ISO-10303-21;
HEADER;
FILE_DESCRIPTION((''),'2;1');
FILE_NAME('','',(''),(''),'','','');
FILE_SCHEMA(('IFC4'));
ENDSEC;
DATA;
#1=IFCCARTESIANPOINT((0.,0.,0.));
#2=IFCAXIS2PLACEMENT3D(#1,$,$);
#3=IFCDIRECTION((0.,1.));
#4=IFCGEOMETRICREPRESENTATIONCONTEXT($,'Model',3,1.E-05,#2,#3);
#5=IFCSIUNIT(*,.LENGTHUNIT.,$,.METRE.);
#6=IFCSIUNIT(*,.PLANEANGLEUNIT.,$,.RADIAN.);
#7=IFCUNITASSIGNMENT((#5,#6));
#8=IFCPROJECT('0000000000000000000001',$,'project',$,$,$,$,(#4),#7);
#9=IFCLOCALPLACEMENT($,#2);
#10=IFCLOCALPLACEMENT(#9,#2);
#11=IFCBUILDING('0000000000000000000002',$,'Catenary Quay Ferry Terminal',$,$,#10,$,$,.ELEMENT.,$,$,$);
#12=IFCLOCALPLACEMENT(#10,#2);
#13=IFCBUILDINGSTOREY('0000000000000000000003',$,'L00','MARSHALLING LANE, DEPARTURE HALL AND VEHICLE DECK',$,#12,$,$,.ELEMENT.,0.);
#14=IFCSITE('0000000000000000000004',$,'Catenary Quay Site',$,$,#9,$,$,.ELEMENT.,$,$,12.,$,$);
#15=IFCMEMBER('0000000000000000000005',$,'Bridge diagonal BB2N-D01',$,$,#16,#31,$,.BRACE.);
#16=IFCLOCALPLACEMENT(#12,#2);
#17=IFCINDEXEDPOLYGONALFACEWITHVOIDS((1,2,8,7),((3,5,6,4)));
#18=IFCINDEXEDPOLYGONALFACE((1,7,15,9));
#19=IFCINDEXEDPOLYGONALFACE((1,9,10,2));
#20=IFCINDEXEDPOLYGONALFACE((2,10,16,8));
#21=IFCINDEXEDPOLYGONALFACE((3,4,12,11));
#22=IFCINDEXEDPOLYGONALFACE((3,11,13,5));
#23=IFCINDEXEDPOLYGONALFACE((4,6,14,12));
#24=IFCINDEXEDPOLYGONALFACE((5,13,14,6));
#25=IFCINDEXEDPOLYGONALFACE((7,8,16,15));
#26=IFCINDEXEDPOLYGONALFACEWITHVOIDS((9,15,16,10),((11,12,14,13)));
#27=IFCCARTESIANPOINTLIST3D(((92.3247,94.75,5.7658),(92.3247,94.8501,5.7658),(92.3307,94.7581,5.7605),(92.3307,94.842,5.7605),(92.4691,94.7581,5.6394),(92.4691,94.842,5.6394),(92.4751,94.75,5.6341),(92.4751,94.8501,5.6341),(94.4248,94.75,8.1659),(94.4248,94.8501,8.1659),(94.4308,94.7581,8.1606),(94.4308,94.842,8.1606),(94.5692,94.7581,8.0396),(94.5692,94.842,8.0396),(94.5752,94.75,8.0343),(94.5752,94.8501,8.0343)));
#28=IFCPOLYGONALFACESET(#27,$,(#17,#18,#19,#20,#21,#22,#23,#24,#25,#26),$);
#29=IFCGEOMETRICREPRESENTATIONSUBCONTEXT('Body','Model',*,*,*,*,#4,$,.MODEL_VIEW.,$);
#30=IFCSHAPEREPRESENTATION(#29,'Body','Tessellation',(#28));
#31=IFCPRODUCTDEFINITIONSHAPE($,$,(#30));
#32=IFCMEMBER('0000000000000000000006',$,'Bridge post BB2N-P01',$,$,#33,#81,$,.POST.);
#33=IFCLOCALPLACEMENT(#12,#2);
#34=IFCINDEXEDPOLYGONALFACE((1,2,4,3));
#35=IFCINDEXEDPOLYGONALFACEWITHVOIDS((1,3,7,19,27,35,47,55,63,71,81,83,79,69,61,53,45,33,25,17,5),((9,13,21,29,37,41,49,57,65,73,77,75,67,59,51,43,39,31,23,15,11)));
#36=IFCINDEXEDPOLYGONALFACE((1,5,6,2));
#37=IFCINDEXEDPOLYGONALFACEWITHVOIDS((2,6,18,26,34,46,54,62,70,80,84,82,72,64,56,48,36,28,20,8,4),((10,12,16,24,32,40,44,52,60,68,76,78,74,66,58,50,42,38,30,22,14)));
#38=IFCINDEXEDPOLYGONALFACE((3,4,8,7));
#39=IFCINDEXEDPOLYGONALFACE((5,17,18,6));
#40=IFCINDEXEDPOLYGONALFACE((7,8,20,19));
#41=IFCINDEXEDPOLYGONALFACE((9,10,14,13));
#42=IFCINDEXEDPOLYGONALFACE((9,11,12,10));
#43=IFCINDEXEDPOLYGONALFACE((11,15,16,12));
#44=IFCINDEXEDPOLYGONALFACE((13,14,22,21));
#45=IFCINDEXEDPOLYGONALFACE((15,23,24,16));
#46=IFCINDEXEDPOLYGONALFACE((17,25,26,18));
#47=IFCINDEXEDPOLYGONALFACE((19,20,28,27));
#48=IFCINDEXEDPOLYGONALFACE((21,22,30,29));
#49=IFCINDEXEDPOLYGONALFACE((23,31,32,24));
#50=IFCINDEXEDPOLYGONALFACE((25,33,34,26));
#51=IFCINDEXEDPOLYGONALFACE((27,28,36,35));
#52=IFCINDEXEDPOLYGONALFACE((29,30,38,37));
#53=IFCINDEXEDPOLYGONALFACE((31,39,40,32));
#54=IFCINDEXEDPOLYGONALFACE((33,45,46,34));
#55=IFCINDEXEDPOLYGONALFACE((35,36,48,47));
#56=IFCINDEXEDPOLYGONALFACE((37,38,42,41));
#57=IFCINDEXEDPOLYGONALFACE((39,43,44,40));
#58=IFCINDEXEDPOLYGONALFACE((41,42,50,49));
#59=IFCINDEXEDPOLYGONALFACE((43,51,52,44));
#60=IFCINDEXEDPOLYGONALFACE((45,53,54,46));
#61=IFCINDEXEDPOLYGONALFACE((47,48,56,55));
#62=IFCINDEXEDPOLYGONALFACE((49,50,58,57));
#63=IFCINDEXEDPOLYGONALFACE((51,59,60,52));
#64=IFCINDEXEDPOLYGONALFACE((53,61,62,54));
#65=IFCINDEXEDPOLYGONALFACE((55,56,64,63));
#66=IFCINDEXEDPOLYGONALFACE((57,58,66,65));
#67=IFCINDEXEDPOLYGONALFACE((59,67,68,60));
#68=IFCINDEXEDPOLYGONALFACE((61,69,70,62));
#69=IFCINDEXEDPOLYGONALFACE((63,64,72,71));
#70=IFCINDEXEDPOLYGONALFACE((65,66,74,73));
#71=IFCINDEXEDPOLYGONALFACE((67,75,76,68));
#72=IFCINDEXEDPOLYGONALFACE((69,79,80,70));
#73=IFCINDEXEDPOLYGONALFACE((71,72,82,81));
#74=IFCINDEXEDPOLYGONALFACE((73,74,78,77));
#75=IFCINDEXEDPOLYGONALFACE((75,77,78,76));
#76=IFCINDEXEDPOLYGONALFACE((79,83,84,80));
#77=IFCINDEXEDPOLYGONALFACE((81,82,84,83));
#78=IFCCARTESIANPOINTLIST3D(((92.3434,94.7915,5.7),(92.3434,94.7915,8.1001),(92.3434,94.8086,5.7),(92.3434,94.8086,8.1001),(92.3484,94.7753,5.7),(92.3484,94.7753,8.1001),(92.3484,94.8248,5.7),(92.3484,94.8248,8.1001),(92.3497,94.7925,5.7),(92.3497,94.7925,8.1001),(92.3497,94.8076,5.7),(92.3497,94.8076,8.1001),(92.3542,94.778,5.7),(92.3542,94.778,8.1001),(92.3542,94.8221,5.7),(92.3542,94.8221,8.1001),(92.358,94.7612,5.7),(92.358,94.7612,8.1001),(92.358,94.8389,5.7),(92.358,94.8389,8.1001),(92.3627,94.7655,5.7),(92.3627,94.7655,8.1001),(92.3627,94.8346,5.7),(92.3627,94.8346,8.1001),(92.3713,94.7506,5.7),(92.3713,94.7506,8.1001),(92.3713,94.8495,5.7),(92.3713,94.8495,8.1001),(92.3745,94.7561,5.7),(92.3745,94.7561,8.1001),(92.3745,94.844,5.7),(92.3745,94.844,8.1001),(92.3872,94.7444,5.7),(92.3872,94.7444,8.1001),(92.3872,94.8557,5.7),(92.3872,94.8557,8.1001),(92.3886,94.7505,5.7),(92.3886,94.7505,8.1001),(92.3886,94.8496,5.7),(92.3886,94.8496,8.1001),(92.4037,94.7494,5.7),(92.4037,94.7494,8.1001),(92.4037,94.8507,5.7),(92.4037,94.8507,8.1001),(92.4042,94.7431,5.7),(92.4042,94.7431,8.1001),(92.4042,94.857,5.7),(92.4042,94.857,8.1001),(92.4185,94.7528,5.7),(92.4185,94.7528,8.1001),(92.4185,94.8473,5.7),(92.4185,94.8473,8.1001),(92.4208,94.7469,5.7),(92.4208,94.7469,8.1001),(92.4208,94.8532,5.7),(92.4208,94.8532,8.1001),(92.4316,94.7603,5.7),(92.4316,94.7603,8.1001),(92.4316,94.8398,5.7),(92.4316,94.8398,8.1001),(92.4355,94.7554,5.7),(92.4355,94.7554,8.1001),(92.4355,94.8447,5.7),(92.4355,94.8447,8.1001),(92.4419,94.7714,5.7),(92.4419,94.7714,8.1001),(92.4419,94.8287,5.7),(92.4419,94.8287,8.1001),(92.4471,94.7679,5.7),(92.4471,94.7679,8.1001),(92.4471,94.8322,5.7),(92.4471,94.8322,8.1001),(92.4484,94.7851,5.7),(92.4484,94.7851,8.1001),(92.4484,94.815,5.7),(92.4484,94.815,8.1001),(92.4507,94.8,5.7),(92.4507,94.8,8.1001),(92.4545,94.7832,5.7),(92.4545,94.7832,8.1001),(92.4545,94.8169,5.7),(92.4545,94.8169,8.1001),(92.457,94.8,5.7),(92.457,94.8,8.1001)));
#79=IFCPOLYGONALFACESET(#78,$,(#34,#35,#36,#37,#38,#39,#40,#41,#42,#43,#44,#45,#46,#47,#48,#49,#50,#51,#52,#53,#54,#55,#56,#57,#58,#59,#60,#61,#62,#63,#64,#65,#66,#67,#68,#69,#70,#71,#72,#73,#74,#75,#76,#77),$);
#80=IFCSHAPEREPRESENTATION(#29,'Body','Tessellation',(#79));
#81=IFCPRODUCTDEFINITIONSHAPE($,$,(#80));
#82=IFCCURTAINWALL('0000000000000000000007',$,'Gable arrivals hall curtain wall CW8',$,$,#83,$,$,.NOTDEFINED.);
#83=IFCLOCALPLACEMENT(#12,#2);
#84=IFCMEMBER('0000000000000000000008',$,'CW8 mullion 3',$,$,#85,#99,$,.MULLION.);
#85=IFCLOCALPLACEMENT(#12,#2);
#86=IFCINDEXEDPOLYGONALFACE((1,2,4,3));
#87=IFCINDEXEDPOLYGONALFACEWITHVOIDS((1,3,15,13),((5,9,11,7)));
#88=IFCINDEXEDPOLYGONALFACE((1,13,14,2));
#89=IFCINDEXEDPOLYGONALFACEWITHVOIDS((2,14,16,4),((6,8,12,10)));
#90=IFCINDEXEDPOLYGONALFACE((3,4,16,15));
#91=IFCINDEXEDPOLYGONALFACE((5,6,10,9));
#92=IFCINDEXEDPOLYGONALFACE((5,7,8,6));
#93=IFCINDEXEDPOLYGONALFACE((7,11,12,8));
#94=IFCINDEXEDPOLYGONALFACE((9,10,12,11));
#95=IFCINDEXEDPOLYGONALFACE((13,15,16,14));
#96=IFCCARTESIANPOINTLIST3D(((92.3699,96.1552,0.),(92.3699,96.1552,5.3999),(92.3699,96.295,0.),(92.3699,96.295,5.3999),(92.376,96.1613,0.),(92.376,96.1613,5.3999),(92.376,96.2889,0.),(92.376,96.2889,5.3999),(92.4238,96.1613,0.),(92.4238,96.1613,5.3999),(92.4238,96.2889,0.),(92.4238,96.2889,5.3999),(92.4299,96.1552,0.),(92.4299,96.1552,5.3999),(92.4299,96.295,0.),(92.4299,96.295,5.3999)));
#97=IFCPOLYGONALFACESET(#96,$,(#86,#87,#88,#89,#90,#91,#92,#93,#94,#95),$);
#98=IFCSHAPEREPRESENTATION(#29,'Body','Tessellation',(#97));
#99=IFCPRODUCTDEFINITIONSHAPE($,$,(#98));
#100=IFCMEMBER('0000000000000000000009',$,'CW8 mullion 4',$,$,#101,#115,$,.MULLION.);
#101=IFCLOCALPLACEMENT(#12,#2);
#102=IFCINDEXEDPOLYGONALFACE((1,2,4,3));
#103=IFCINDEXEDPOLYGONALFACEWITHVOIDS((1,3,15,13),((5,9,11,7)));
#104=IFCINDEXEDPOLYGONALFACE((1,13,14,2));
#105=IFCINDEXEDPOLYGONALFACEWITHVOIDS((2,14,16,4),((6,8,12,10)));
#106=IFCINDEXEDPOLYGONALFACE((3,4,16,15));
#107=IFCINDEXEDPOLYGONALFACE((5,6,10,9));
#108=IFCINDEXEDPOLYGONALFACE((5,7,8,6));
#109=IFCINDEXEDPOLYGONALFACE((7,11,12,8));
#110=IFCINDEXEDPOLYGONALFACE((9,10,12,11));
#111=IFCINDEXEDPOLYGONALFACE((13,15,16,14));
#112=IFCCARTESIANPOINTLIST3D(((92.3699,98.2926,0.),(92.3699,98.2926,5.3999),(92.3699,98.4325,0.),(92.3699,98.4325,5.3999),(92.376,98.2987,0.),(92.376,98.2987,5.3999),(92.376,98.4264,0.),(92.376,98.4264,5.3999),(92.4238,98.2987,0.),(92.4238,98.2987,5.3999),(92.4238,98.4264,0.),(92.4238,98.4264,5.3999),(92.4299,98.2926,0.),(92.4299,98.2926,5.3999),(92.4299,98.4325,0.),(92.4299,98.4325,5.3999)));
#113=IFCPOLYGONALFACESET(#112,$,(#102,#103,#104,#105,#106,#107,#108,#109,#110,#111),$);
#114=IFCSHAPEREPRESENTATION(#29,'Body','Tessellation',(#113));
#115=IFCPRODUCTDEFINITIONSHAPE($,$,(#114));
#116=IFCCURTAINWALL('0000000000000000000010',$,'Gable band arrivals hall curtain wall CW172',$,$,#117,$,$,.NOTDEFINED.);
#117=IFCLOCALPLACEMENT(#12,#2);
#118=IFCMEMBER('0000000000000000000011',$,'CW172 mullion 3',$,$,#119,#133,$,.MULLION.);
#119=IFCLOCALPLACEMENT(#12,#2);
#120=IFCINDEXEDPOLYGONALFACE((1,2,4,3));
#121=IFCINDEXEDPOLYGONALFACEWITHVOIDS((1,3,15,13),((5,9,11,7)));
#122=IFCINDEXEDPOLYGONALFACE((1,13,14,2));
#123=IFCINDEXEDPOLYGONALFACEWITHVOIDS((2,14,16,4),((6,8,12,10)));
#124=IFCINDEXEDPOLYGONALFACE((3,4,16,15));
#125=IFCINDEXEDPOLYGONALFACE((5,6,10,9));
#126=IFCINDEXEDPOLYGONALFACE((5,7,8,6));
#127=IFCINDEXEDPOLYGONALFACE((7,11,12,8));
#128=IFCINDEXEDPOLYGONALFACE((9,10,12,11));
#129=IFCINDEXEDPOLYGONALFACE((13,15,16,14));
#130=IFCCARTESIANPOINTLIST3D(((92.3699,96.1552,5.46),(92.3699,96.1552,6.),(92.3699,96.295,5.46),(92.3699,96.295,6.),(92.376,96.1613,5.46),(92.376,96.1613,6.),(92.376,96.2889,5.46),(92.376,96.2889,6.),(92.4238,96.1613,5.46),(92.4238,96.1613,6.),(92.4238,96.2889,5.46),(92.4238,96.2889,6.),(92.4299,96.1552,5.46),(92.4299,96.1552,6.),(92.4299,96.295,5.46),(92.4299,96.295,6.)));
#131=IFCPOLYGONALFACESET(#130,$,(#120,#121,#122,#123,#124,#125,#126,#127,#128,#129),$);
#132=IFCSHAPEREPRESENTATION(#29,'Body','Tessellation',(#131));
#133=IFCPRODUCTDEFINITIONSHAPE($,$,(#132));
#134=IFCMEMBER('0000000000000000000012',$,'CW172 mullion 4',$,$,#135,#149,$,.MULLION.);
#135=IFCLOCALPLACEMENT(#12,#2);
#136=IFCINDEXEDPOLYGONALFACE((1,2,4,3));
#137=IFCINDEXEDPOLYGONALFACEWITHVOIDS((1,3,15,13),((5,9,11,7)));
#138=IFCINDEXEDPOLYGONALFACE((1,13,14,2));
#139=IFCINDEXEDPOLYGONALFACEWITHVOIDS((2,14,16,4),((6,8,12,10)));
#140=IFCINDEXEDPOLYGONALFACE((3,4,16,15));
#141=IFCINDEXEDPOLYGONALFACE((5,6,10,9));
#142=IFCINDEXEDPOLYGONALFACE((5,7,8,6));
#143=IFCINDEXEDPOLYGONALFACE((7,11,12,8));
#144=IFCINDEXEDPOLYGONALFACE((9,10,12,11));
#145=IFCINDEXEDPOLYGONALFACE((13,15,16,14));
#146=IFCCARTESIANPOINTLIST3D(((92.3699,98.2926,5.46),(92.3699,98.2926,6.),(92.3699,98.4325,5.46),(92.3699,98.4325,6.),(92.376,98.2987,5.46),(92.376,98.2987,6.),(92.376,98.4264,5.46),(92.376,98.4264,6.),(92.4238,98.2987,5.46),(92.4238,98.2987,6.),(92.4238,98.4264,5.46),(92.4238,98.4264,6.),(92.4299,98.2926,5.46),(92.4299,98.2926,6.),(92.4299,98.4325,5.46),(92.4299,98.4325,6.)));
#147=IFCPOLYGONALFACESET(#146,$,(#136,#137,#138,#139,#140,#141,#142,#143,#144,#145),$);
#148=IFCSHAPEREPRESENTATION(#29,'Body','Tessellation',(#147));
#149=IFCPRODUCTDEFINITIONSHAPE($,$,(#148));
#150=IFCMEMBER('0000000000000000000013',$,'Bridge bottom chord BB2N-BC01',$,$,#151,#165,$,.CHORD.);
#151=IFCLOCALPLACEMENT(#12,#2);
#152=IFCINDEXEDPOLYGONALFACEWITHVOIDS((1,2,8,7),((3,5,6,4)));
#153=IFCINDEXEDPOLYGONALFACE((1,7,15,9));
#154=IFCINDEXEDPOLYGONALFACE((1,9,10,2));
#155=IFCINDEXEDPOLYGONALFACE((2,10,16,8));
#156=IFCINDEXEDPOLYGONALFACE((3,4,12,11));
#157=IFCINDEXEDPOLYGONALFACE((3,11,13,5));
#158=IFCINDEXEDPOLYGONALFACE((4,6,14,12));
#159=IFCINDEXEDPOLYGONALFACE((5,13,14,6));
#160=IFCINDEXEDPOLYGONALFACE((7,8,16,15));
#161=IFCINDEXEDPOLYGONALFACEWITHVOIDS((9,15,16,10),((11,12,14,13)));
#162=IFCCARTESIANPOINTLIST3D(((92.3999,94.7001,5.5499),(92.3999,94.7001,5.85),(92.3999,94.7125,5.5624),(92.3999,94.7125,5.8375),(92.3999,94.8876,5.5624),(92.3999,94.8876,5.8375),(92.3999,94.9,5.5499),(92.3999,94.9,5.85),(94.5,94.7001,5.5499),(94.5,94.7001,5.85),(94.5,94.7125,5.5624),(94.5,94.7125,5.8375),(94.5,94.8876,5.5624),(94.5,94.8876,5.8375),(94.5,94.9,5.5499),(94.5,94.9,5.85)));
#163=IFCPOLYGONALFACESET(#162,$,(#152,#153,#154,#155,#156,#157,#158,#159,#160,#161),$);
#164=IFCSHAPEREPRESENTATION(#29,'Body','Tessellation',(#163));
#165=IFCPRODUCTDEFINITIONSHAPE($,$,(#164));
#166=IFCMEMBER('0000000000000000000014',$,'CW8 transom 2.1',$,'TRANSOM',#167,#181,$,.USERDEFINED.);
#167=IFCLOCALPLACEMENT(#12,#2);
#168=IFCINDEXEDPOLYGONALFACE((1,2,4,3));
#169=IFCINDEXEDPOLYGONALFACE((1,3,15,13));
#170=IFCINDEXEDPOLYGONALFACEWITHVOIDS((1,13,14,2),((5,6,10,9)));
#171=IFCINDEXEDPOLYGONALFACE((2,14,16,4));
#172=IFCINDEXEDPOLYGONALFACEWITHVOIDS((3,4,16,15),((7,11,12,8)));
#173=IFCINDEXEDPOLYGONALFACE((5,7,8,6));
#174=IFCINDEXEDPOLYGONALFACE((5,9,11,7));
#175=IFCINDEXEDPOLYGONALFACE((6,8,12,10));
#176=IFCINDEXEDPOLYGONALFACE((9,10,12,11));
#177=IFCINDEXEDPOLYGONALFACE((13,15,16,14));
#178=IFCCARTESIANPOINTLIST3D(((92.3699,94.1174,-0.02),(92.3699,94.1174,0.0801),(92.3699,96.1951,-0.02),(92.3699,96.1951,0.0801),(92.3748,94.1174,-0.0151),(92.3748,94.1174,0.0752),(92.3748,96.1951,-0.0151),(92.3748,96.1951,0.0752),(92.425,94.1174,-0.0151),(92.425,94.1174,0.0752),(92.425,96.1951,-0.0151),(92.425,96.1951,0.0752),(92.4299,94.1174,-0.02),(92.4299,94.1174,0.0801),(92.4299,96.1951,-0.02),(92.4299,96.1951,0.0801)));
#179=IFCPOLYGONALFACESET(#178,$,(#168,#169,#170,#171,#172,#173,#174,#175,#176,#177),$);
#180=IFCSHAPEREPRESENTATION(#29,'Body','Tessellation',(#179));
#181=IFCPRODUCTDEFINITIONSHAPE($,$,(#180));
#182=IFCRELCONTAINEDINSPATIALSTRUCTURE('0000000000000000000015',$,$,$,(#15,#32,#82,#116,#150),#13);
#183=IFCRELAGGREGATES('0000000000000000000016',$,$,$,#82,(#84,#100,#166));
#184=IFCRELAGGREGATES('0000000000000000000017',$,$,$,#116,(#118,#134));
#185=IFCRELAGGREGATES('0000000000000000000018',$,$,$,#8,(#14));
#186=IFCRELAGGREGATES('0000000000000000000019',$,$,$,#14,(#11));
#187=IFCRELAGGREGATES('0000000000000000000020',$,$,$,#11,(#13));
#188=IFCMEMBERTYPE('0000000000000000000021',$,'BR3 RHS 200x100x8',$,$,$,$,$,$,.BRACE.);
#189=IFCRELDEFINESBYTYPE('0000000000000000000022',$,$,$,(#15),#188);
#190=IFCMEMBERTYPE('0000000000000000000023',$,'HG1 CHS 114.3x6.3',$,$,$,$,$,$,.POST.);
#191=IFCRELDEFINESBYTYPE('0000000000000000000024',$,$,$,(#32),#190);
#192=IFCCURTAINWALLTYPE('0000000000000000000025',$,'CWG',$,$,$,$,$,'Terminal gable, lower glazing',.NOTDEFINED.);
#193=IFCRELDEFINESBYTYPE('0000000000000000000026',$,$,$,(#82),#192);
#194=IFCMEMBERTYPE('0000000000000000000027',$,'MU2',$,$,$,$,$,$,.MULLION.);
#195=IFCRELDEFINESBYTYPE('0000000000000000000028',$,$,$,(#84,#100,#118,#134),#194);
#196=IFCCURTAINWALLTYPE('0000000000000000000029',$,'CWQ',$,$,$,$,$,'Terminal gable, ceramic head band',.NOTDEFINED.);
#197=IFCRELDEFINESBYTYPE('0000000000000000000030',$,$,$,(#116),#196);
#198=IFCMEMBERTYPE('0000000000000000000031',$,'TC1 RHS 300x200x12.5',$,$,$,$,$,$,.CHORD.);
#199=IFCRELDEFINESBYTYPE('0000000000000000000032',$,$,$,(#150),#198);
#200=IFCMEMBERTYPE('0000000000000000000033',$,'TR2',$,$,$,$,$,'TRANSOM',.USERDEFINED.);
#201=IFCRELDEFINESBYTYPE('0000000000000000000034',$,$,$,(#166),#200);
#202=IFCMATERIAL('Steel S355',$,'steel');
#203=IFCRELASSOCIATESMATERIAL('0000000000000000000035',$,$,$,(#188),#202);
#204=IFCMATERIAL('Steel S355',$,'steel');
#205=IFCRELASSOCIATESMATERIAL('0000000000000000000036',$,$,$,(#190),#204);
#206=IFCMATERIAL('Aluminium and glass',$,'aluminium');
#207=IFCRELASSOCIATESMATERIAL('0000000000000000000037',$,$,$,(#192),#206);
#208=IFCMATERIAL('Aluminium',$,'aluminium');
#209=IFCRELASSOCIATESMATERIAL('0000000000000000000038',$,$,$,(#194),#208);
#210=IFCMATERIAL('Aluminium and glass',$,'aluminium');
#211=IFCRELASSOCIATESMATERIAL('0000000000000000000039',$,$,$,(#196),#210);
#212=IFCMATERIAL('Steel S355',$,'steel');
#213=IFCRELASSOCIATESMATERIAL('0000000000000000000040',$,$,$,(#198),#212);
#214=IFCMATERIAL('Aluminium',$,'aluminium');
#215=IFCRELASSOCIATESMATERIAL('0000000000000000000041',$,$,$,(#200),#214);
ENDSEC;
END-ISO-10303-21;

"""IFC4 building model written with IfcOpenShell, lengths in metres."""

from ifc_helpers import new_model, si_unit, direction, frame, origin, origin_2d, place, context, subcontext, project, spatial, hollow_rectangle, hollow_circle, extrude, material, material_profile, profile_set, type_object, element, aggregate, save


model = new_model("IFC4")

# Units and contexts
model_context = context("Model", 3, precision=1e-05, world=origin(), true_north=direction((0.0, 1.0)))
body_context = subcontext(model_context, "Body", "Model", "MODEL_VIEW")
ifc_project = project(units=[si_unit("LENGTHUNIT", "METRE"), si_unit("PLANEANGLEUNIT", "RADIAN")], contexts=[model_context])

# Site, building, storey
site_placement = place(None, origin())
site = spatial("IfcSite", under=ifc_project, at=site_placement, Name="Catenary Quay Site", CompositionType="ELEMENT", RefElevation=12.0)
building_placement = place(site_placement, origin())
building = spatial("IfcBuilding", under=site, at=building_placement, Name="Catenary Quay Ferry Terminal", CompositionType="ELEMENT")
storey_placement = place(building_placement, origin())
storey = spatial("IfcBuildingStorey", under=building, at=storey_placement, Name="L00", Description="MARSHALLING LANE, DEPARTURE HALL AND VEHICLE DECK", CompositionType="ELEMENT", Elevation=0.0)

# Members
ifc_material_1 = material(Name="Steel S355", Category="steel")
ifc_material_profile_1 = material_profile(ifc_material_1, hollow_rectangle(XDim=0.1001, YDim=0.2, WallThickness=0.0081, at=origin_2d()), Name="RHS 200x100x8")
ifc_profile_set_1 = profile_set([ifc_material_profile_1], Name="Steel S355")
member_type_1 = type_object("IfcMemberType", Name="BR3 RHS 200x100x8", PredefinedType="BRACE", material=ifc_profile_set_1)
member_1_placement = place(storey_placement, frame((92.3999, 94.8, 5.7), z_axis=(0.658499, 0.0, 0.752581), x_axis=(0.0, 1.0, 0.0)))
element("IfcMember", 1, at=member_1_placement, inside=storey, type_object=member_type_1, Name="Bridge diagonal BB2N-D01", PredefinedType="BRACE", context=body_context, shape_type="SweptSolid", body=[
    extrude(hollow_rectangle(XDim=0.1001, YDim=0.2, WallThickness=0.0081, at=origin_2d()), origin(), (0.0, 0.0, 1.0), 3.1892),
])
ifc_material_2 = material(Name="Steel S355", Category="steel")
ifc_material_profile_2 = material_profile(ifc_material_2, hollow_circle(Radius=0.0571, WallThickness=0.0063, at=origin_2d()), Name="CHS 114.3x6.3")
ifc_profile_set_2 = profile_set([ifc_material_profile_2], Name="Steel S355")
member_type_2 = type_object("IfcMemberType", Name="HG1 CHS 114.3x6.3", PredefinedType="POST", material=ifc_profile_set_2)
member_2_placement = place(storey_placement, frame((92.3999, 94.8, 5.7), z_axis=(0.0, 0.0, 1.0), x_axis=(1.0, 0.0, 0.0)))
element("IfcMember", 2, at=member_2_placement, inside=storey, type_object=member_type_2, Name="Bridge post BB2N-P01", PredefinedType="POST", context=body_context, shape_type="SweptSolid", body=[
    extrude(hollow_circle(Radius=0.0571, WallThickness=0.0063, at=origin_2d()), origin(), (0.0, 0.0, 1.0), 2.4001),
])

# Curtain walls, members
ifc_material_3 = material(Name="Aluminium and glass", Category="aluminium")
curtain_wall_type_1 = type_object("IfcCurtainWallType", Name="CWG", ElementType="Terminal gable, lower glazing", PredefinedType="NOTDEFINED", material=ifc_material_3)
curtain_wall_1_placement = place(storey_placement, origin())
curtain_wall_1 = element("IfcCurtainWall", 3, at=curtain_wall_1_placement, inside=storey, type_object=curtain_wall_type_1, Name="Gable arrivals hall curtain wall CW8", PredefinedType="NOTDEFINED")
ifc_material_4 = material(Name="Aluminium", Category="aluminium")
ifc_material_profile_3 = material_profile(ifc_material_4, hollow_rectangle(XDim=0.0601, YDim=0.1399, WallThickness=0.0061, at=origin_2d()), Name="MU2")
ifc_profile_set_3 = profile_set([ifc_material_profile_3], Name="Aluminium")
member_type_3 = type_object("IfcMemberType", Name="MU2", PredefinedType="MULLION", material=ifc_profile_set_3)
member_3_placement = place(storey_placement, frame((92.3999, 96.2251, 0.0), z_axis=(0.0, 0.0, 1.0), x_axis=(-1.0, 0.0, 0.0)))
member_3 = element("IfcMember", 4, at=member_3_placement, type_object=member_type_3, Name="CW8 mullion 3", PredefinedType="MULLION", context=body_context, shape_type="SweptSolid", body=[
    extrude(hollow_rectangle(XDim=0.0601, YDim=0.1399, WallThickness=0.0061, at=origin_2d()), origin(), (0.0, 0.0, 1.0), 5.3999),
])
member_4_placement = place(storey_placement, frame((92.3999, 98.3625, 0.0), z_axis=(0.0, 0.0, 1.0), x_axis=(-1.0, 0.0, 0.0)))
member_4 = element("IfcMember", 5, at=member_4_placement, type_object=member_type_3, Name="CW8 mullion 4", PredefinedType="MULLION", context=body_context, shape_type="SweptSolid", body=[
    extrude(hollow_rectangle(XDim=0.0601, YDim=0.1399, WallThickness=0.0061, at=origin_2d()), origin(), (0.0, 0.0, 1.0), 5.3999),
])
ifc_material_5 = material(Name="Aluminium and glass", Category="aluminium")
curtain_wall_type_2 = type_object("IfcCurtainWallType", Name="CWQ", ElementType="Terminal gable, ceramic head band", PredefinedType="NOTDEFINED", material=ifc_material_5)
curtain_wall_2_placement = place(storey_placement, origin())
curtain_wall_2 = element("IfcCurtainWall", 6, at=curtain_wall_2_placement, inside=storey, type_object=curtain_wall_type_2, Name="Gable band arrivals hall curtain wall CW172", PredefinedType="NOTDEFINED")
member_5_placement = place(storey_placement, frame((92.3999, 96.2251, 5.46), z_axis=(0.0, 0.0, 1.0), x_axis=(-1.0, 0.0, 0.0)))
member_5 = element("IfcMember", 7, at=member_5_placement, type_object=member_type_3, Name="CW172 mullion 3", PredefinedType="MULLION", context=body_context, shape_type="SweptSolid", body=[
    extrude(hollow_rectangle(XDim=0.0601, YDim=0.1399, WallThickness=0.0061, at=origin_2d()), origin(), (0.0, 0.0, 1.0), 0.54),
])
member_6_placement = place(storey_placement, frame((92.3999, 98.3625, 5.46), z_axis=(0.0, 0.0, 1.0), x_axis=(-1.0, 0.0, 0.0)))
member_6 = element("IfcMember", 8, at=member_6_placement, type_object=member_type_3, Name="CW172 mullion 4", PredefinedType="MULLION", context=body_context, shape_type="SweptSolid", body=[
    extrude(hollow_rectangle(XDim=0.0601, YDim=0.1399, WallThickness=0.0061, at=origin_2d()), origin(), (0.0, 0.0, 1.0), 0.54),
])

# Members
ifc_material_6 = material(Name="Steel S355", Category="steel")
ifc_material_profile_4 = material_profile(ifc_material_6, hollow_rectangle(XDim=0.2, YDim=0.3, WallThickness=0.0125, at=origin_2d()), Name="RHS 300x200x12.5")
ifc_profile_set_4 = profile_set([ifc_material_profile_4], Name="Steel S355")
member_type_4 = type_object("IfcMemberType", Name="TC1 RHS 300x200x12.5", PredefinedType="CHORD", material=ifc_profile_set_4)
member_7_placement = place(storey_placement, frame((92.3999, 94.8, 5.7), z_axis=(1.0, 0.0, 0.0), x_axis=(0.0, 1.0, 0.0)))
element("IfcMember", 9, at=member_7_placement, inside=storey, type_object=member_type_4, Name="Bridge bottom chord BB2N-BC01", PredefinedType="CHORD", context=body_context, shape_type="SweptSolid", body=[
    extrude(hollow_rectangle(XDim=0.2, YDim=0.3, WallThickness=0.0125, at=origin_2d()), origin(), (0.0, 0.0, 1.0), 2.1001),
])
ifc_material_7 = material(Name="Aluminium", Category="aluminium")
ifc_material_profile_5 = material_profile(ifc_material_7, hollow_rectangle(XDim=0.0601, YDim=0.1001, WallThickness=0.0049, at=origin_2d()), Name="TR2")
ifc_profile_set_5 = profile_set([ifc_material_profile_5], Name="Aluminium")
member_type_5 = type_object("IfcMemberType", Name="TR2", ElementType="TRANSOM", PredefinedType="USERDEFINED", material=ifc_profile_set_5)
member_8_placement = place(storey_placement, frame((92.3999, 94.1174, 0.03), z_axis=(0.0, 1.0, 0.0), x_axis=(-1.0, 0.0, 0.0)))
member_8 = element("IfcMember", 10, at=member_8_placement, type_object=member_type_5, Name="CW8 transom 2.1", ObjectType="TRANSOM", PredefinedType="USERDEFINED", context=body_context, shape_type="SweptSolid", body=[
    extrude(hollow_rectangle(XDim=0.0601, YDim=0.1001, WallThickness=0.0049, at=origin_2d()), origin(), (0.0, 0.0, 1.0), 2.0776),
])

aggregate(curtain_wall_1, [member_3, member_4, member_8])
aggregate(curtain_wall_2, [member_5, member_6])

save(model, "model.ifc")
